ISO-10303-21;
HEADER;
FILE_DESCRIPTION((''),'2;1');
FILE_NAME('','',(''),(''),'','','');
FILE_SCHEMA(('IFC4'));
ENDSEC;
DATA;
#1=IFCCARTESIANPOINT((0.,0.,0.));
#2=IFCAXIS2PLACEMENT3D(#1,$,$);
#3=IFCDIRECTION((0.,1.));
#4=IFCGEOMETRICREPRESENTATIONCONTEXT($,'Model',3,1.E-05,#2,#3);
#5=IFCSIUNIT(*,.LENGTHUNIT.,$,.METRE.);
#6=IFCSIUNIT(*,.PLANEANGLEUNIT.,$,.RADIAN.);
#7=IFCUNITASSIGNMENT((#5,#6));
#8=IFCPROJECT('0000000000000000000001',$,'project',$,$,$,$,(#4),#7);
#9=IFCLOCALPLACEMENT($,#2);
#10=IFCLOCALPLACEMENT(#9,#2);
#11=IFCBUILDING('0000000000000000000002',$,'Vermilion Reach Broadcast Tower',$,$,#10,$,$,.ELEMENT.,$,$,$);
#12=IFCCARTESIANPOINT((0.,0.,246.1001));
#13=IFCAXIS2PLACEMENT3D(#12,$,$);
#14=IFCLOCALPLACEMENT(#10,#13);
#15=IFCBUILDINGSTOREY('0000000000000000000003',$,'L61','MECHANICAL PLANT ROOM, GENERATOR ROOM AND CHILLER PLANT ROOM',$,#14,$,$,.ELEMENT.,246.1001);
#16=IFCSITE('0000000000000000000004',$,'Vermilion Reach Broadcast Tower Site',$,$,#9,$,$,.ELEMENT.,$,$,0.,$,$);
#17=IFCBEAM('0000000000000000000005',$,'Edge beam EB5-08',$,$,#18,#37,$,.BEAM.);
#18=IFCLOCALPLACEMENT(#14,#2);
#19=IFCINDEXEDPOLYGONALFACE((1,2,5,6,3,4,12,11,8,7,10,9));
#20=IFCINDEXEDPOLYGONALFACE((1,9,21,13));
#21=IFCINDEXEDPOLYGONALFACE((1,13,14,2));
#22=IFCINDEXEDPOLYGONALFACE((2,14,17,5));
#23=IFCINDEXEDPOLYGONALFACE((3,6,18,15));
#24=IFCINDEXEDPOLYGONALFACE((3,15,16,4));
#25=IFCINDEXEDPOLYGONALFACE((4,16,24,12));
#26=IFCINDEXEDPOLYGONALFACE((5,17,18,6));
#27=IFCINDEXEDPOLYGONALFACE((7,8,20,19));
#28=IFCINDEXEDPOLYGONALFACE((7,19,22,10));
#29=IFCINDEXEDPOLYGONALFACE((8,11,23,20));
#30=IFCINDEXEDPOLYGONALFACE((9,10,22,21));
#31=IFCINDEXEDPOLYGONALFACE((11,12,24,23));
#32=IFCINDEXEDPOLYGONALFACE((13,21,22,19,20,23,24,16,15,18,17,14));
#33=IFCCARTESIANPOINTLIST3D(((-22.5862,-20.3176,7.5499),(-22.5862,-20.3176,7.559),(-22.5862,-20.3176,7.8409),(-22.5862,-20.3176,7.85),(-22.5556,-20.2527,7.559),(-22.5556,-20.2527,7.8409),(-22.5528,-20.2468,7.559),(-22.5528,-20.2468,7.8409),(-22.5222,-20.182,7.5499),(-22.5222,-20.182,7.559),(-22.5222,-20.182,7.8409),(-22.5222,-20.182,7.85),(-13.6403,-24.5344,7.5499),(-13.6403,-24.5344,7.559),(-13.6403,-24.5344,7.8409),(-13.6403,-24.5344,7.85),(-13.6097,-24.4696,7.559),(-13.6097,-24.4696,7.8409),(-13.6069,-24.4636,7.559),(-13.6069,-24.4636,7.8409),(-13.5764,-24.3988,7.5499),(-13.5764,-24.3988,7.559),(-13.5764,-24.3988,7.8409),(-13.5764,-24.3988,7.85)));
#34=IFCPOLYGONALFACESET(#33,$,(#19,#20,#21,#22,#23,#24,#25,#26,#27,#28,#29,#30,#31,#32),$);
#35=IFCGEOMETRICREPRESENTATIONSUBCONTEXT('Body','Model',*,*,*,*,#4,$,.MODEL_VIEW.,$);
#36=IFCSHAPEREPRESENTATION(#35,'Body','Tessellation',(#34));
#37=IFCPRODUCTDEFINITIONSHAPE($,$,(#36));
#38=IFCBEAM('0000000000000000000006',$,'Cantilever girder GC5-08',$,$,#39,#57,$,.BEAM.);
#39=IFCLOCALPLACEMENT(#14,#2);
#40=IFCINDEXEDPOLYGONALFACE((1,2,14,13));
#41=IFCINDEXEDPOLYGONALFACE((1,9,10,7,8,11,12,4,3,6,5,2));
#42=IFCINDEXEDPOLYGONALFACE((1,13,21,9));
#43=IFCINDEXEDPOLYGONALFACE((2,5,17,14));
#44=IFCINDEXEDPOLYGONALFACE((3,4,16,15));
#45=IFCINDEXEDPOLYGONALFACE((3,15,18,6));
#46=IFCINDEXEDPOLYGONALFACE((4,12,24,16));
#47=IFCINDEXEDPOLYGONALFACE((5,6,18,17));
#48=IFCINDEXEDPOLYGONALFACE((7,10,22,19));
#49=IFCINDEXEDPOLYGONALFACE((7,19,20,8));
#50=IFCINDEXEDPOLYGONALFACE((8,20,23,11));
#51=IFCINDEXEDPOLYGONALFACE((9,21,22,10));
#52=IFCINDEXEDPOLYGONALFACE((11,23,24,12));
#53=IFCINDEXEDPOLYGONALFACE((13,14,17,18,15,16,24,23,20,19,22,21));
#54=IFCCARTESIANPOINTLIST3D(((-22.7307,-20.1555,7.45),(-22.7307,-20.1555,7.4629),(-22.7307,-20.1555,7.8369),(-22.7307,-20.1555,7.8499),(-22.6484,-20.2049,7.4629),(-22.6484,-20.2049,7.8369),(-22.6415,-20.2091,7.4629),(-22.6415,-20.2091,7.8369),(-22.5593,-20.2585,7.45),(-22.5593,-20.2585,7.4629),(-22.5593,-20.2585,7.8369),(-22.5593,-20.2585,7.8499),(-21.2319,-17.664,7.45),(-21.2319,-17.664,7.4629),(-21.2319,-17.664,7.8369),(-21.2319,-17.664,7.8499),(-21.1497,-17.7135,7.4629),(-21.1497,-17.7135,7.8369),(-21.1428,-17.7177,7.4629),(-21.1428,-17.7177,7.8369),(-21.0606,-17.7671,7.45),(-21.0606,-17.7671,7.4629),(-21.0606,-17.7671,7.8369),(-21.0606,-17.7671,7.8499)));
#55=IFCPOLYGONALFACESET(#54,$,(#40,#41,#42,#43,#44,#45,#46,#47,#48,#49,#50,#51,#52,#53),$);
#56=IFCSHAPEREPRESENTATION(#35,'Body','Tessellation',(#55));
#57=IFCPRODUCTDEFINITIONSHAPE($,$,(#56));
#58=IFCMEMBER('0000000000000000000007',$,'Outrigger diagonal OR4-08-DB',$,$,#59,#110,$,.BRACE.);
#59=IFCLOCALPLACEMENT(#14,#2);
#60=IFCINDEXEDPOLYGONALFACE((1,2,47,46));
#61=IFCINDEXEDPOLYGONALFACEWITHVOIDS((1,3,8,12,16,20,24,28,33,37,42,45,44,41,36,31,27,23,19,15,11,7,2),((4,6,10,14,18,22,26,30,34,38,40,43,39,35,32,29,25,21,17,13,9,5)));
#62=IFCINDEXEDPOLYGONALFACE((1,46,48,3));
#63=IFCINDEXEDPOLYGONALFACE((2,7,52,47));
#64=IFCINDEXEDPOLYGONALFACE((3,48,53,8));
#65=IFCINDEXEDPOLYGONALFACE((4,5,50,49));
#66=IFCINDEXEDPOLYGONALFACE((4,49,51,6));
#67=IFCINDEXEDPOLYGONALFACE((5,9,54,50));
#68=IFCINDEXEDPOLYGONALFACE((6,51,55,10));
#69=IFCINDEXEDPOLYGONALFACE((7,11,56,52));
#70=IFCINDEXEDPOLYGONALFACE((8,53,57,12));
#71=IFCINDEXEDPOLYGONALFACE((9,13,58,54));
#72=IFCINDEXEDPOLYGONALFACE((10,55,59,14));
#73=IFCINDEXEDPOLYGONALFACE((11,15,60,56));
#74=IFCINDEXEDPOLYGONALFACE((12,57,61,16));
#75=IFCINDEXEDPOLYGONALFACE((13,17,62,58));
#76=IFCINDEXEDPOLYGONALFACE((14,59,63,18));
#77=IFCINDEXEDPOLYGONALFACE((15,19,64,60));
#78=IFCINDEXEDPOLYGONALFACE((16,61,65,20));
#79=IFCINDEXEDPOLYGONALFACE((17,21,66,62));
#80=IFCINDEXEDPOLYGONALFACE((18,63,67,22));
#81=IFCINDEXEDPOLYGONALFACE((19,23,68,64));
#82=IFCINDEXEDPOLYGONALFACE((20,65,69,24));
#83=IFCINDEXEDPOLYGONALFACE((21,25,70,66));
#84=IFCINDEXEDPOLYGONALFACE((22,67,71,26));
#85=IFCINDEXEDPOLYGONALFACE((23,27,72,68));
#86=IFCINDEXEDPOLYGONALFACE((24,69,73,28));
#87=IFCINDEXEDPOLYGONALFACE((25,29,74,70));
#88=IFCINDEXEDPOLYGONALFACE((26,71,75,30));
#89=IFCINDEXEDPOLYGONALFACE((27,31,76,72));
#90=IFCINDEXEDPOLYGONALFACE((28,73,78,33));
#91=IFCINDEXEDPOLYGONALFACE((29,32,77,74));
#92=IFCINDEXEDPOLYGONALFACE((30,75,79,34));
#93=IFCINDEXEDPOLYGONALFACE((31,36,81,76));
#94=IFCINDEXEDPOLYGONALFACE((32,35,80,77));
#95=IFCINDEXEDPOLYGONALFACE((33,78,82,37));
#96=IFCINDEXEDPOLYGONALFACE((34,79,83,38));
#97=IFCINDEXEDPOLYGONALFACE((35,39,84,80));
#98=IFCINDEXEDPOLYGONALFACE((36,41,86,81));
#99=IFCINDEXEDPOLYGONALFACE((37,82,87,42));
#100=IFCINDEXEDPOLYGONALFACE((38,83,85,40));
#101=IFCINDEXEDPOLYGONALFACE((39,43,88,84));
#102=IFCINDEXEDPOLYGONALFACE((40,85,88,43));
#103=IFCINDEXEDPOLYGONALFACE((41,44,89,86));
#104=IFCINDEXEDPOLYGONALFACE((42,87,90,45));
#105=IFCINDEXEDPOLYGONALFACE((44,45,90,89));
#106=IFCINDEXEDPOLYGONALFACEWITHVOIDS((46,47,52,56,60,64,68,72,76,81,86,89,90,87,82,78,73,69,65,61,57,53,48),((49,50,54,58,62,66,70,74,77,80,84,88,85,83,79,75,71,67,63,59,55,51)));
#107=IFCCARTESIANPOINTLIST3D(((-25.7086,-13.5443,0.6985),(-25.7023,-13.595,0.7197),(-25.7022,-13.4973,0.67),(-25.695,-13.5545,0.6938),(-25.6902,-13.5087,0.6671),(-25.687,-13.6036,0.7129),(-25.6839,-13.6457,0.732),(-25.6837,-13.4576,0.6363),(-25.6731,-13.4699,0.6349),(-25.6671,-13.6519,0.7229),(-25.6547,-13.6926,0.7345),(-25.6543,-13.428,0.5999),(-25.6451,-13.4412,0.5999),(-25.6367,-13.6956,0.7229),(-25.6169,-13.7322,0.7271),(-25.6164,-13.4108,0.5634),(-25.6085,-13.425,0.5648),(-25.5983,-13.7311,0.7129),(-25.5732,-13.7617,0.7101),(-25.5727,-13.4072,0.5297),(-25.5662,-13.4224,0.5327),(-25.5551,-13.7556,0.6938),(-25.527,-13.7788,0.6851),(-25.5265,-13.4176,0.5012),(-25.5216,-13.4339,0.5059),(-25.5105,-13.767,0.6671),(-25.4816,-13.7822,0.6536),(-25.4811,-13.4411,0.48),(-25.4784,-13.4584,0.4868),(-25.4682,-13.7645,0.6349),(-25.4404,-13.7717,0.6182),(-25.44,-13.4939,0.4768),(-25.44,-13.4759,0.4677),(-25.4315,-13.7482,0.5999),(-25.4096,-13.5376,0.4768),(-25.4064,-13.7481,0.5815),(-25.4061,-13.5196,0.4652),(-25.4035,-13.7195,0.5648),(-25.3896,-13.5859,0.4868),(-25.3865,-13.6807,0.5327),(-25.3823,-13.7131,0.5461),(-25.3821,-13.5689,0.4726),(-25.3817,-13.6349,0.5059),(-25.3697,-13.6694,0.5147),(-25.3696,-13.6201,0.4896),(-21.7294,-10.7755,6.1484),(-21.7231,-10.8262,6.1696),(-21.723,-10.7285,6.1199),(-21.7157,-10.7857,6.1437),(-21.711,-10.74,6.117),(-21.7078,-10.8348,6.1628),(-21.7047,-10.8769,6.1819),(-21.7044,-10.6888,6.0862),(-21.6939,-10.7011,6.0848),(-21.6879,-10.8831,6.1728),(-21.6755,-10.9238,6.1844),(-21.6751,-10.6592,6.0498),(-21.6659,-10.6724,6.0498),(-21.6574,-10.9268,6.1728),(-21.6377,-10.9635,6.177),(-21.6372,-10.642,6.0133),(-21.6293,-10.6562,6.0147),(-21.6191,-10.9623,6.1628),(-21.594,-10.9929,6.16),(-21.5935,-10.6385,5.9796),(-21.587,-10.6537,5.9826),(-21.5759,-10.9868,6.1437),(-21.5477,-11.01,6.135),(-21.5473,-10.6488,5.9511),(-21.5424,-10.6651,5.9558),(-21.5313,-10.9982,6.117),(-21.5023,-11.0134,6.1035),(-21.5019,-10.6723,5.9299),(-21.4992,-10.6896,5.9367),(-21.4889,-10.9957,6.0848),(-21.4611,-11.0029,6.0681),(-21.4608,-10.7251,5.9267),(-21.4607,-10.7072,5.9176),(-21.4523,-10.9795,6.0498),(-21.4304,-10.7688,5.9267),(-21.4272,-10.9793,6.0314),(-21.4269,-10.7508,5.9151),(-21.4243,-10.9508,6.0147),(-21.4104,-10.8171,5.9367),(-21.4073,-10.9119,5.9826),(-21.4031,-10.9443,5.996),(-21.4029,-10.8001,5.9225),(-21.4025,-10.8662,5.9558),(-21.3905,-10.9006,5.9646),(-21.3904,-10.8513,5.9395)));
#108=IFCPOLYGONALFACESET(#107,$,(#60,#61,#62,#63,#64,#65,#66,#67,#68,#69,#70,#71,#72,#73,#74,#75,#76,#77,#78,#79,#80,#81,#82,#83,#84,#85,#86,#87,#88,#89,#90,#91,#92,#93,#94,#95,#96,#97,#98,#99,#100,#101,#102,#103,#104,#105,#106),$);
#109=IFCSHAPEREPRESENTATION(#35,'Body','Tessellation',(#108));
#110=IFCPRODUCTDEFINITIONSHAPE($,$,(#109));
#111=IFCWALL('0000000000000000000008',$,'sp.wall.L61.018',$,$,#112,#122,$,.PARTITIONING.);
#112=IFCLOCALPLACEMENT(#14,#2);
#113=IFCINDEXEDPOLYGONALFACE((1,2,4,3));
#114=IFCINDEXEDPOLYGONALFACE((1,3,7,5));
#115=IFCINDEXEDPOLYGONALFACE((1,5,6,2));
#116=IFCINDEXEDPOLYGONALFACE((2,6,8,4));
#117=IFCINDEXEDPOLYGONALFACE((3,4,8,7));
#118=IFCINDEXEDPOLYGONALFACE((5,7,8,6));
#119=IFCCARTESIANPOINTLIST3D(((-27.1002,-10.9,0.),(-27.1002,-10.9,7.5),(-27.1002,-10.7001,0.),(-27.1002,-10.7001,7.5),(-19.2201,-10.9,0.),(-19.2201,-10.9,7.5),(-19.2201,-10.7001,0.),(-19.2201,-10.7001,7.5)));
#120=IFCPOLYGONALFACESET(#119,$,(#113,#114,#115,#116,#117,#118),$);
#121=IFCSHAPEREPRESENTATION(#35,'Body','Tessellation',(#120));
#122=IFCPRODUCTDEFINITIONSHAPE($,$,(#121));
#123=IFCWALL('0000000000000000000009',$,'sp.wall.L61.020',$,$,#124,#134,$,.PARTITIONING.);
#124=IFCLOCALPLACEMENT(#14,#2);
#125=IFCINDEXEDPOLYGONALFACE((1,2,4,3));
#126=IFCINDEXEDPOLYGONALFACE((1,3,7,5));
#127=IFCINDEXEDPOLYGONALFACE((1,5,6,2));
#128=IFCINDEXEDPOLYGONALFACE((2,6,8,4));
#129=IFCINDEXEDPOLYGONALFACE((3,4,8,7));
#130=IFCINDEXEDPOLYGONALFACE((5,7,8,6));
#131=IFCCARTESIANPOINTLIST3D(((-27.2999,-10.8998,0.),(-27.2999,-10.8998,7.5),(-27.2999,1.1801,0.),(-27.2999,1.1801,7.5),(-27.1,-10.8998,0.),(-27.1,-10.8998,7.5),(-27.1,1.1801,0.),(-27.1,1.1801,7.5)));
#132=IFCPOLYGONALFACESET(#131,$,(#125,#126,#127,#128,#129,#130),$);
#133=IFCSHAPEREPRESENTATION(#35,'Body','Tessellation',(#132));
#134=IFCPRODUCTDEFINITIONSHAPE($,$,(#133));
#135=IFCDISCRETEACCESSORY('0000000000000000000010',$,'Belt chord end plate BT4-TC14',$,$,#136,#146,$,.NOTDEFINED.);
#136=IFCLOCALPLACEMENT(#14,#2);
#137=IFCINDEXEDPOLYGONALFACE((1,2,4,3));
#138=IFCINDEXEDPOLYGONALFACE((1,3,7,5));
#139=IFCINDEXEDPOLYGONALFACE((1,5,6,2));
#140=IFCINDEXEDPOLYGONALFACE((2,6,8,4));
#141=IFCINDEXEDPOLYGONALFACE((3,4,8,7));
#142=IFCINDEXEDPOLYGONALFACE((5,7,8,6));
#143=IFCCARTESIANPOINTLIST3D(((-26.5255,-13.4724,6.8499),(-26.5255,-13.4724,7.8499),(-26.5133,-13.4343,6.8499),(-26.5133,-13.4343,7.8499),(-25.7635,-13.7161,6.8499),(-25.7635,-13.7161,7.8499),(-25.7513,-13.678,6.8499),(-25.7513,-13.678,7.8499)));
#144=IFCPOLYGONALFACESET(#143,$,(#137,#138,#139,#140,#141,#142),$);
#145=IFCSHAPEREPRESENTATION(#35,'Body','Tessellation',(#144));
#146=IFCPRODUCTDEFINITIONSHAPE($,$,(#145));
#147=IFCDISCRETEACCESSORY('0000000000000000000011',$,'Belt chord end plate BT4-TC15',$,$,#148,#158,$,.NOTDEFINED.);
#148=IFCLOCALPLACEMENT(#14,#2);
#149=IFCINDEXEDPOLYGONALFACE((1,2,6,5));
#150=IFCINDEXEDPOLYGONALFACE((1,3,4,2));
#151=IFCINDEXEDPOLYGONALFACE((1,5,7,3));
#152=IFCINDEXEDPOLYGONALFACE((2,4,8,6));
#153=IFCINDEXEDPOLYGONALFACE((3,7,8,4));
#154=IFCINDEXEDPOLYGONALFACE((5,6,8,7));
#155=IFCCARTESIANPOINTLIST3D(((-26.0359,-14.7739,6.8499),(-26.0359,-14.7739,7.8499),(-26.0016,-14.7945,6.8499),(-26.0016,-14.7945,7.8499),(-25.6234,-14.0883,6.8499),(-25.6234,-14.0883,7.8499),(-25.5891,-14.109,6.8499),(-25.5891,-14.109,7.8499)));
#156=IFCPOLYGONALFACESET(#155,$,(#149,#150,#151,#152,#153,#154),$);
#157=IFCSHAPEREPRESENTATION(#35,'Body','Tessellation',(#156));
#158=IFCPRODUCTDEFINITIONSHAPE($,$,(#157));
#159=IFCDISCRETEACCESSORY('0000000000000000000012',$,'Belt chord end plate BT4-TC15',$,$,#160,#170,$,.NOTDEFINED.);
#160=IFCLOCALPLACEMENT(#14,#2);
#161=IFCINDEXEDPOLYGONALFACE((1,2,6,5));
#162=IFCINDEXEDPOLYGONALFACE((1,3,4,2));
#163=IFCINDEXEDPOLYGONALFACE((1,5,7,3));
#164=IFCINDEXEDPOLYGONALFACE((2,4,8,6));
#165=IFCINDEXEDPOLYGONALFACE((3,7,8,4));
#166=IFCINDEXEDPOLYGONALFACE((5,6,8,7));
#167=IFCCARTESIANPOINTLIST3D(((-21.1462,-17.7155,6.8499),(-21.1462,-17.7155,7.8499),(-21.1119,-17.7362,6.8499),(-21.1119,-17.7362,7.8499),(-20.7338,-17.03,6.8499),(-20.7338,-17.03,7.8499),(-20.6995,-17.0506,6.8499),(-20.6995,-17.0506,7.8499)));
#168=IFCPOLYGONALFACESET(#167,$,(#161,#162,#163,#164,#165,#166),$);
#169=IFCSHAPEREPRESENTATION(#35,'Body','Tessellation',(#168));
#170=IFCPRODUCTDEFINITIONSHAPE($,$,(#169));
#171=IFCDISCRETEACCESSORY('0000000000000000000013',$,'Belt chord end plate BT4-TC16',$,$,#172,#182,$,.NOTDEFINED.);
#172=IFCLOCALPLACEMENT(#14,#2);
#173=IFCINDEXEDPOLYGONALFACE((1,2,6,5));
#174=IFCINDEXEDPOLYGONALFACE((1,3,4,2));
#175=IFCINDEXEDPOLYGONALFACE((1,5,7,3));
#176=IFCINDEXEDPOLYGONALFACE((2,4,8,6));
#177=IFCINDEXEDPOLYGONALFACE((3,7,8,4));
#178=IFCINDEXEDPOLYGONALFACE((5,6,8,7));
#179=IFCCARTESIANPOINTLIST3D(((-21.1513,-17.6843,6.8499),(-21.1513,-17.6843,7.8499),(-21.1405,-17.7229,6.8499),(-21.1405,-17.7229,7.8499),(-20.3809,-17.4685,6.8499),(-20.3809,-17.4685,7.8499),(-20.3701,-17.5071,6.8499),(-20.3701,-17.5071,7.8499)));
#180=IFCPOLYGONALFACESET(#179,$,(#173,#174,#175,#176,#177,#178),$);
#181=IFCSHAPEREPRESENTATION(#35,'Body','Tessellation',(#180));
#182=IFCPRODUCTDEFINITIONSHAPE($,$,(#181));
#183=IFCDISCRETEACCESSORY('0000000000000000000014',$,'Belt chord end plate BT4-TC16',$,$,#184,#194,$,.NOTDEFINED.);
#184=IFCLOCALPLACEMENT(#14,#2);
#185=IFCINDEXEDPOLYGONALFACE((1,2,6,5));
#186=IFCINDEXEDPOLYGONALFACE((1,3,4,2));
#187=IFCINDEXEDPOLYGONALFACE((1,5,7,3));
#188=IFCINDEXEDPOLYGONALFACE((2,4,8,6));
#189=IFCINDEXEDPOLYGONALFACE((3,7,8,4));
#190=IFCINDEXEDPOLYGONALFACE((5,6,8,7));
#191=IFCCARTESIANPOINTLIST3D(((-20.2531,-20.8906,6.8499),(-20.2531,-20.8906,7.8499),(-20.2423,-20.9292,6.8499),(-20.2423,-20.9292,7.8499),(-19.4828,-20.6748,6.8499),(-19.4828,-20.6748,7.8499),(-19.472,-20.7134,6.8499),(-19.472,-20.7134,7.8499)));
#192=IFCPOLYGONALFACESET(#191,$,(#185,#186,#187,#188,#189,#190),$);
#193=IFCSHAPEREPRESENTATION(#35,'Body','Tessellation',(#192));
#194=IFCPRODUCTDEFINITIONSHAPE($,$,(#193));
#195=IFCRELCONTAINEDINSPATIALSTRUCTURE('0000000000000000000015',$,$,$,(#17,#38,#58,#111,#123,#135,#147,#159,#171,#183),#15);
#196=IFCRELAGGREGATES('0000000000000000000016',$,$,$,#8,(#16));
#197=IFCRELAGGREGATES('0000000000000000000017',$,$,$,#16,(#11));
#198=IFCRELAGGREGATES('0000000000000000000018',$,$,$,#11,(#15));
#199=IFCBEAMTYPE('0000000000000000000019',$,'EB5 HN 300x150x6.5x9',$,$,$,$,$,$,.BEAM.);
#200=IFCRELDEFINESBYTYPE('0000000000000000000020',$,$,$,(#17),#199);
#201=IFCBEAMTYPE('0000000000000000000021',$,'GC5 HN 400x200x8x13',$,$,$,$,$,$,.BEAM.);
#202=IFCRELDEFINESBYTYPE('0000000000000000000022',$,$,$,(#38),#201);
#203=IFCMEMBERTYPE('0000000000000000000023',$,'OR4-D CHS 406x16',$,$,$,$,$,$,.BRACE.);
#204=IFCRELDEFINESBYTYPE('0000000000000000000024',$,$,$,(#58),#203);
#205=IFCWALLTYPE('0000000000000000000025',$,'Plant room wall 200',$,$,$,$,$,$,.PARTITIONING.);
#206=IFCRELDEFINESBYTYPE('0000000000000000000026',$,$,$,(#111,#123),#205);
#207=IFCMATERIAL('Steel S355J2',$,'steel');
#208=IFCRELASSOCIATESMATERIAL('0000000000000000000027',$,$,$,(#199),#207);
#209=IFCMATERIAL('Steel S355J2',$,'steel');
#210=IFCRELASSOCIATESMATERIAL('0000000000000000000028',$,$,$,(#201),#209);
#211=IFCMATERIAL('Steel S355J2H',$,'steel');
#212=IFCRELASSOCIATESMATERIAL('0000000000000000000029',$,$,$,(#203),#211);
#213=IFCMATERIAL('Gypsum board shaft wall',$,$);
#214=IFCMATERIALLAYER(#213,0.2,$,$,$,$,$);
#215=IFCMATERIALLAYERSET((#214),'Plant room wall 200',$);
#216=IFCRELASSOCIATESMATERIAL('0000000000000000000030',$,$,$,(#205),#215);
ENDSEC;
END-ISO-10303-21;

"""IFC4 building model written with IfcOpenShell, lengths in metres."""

from ifc_helpers import new_model, si_unit, direction, frame, frame_2d, origin, origin_2d, place, context, subcontext, project, spatial, rectangle, hollow_circle, i_section, extrude, material, layer, layer_set, material_profile, profile_set, type_object, element, save


model = new_model("IFC4")

# Units and contexts
model_context = context("Model", 3, precision=1e-05, world=origin(), true_north=direction((0.0, 1.0)))
body_context = subcontext(model_context, "Body", "Model", "MODEL_VIEW")
ifc_project = project(units=[si_unit("LENGTHUNIT", "METRE"), si_unit("PLANEANGLEUNIT", "RADIAN")], contexts=[model_context])

# Site, building, storey
site_placement = place(None, origin())
site = spatial("IfcSite", under=ifc_project, at=site_placement, Name="Vermilion Reach Broadcast Tower Site", CompositionType="ELEMENT", RefElevation=0.0)
building_placement = place(site_placement, origin())
building = spatial("IfcBuilding", under=site, at=building_placement, Name="Vermilion Reach Broadcast Tower", CompositionType="ELEMENT")
storey_placement = place(building_placement, frame((0.0, 0.0, 246.1001)))
storey = spatial("IfcBuildingStorey", under=building, at=storey_placement, Name="L61", Description="MECHANICAL PLANT ROOM, GENERATOR ROOM AND CHILLER PLANT ROOM", CompositionType="ELEMENT", Elevation=246.1001)

# Beams
ifc_material_1 = material(Name="Steel S355J2", Category="steel")
ifc_material_profile_1 = material_profile(ifc_material_1, i_section(OverallWidth=0.1499, OverallDepth=0.3, WebThickness=0.0066, FlangeThickness=0.009, at=origin_2d()), Name="S355J2 HN 300x150x6.5x9")
ifc_profile_set_1 = profile_set([ifc_material_profile_1], Name="Steel S355J2")
beam_type_1 = type_object("IfcBeamType", Name="EB5 HN 300x150x6.5x9", PredefinedType="BEAM", material=ifc_profile_set_1)
beam_1_placement = place(storey_placement, frame((-22.5542, -20.2498, 7.7), z_axis=(0.904546, -0.426377, 0.0), x_axis=(0.426377, 0.904546, 0.0)))
element("IfcBeam", 1, at=beam_1_placement, inside=storey, type_object=beam_type_1, Name="Edge beam EB5-08", PredefinedType="BEAM", context=body_context, shape_type="SweptSolid", body=[
    extrude(i_section(OverallWidth=0.1499, OverallDepth=0.3, WebThickness=0.0066, FlangeThickness=0.009, at=origin_2d()), origin(), (0.0, 0.0, 1.0), 9.8899),
])
ifc_material_2 = material(Name="Steel S355J2", Category="steel")
ifc_material_profile_2 = material_profile(ifc_material_2, i_section(OverallWidth=0.2, OverallDepth=0.3999, WebThickness=0.0081, FlangeThickness=0.0129, at=origin_2d()), Name="S355J2 HN 400x200x8x13")
ifc_profile_set_2 = profile_set([ifc_material_profile_2], Name="Steel S355J2")
beam_type_2 = type_object("IfcBeamType", Name="GC5 HN 400x200x8x13", PredefinedType="BEAM", material=ifc_profile_set_2)
beam_2_placement = place(storey_placement, frame((-21.1462, -17.7156, 7.6499), z_axis=(-0.515483, -0.8569, 0.0), x_axis=(0.8569, -0.515483, 0.0)))
element("IfcBeam", 2, at=beam_2_placement, inside=storey, type_object=beam_type_2, Name="Cantilever girder GC5-08", PredefinedType="BEAM", context=body_context, shape_type="SweptSolid", body=[
    extrude(i_section(OverallWidth=0.2, OverallDepth=0.3999, WebThickness=0.0081, FlangeThickness=0.0129, at=origin_2d()), origin(), (0.0, 0.0, 1.0), 2.9075),
])

# Member
ifc_material_3 = material(Name="Steel S355J2H", Category="steel")
ifc_material_profile_3 = material_profile(ifc_material_3, hollow_circle(Radius=0.2031, WallThickness=0.0161, at=origin_2d()), Name="S355J2H CHS 406x16")
ifc_profile_set_3 = profile_set([ifc_material_profile_3], Name="Steel S355J2H")
member_type_1 = type_object("IfcMemberType", Name="OR4-D CHS 406x16", PredefinedType="BRACE", material=ifc_profile_set_3)
member_1_placement = place(storey_placement, frame((-25.5383, -13.5947, 0.5999), z_axis=(0.54555, 0.379599, 0.747181), x_axis=(-0.571152, 0.820845, 0.0)))
element("IfcMember", 3, at=member_1_placement, inside=storey, type_object=member_type_1, Name="Outrigger diagonal OR4-08-DB", PredefinedType="BRACE", context=body_context, shape_type="SweptSolid", body=[
    extrude(hollow_circle(Radius=0.2031, WallThickness=0.0161, at=origin_2d()), origin(), (0.0, 0.0, 1.0), 7.2939),
])

# Walls
ifc_material_4 = material(Name="Gypsum board shaft wall")
ifc_layer = layer(ifc_material_4, 0.2)
ifc_layer_set = layer_set([ifc_layer], Name="Plant room wall 200")
wall_type = type_object("IfcWallType", Name="Plant room wall 200", PredefinedType="PARTITIONING", material=ifc_layer_set)
wall_1_placement = place(storey_placement, frame((-27.1001, -10.8, 0.0), z_axis=(0.0, 0.0, 1.0), x_axis=(1.0, 0.0, 0.0)))
element("IfcWall", 4, at=wall_1_placement, inside=storey, type_object=wall_type, Name="sp.wall.L61.018", PredefinedType="PARTITIONING", context=body_context, shape_type="SweptSolid", body=[
    extrude(rectangle(XDim=7.8801, YDim=0.2, at=frame_2d((3.9399, 0.0))), origin(), (0.0, 0.0, 1.0), 7.5),
])
wall_2_placement = place(storey_placement, frame((-27.2, -10.8999, 0.0), z_axis=(0.0, 0.0, 1.0), x_axis=(0.0, 1.0, 0.0)))
element("IfcWall", 5, at=wall_2_placement, inside=storey, type_object=wall_type, Name="sp.wall.L61.020", PredefinedType="PARTITIONING", context=body_context, shape_type="SweptSolid", body=[
    extrude(rectangle(XDim=12.0798, YDim=0.2, at=frame_2d((6.04, 0.0))), origin(), (0.0, 0.0, 1.0), 7.5),
])

# Discrete accessories
for number, where, z_axis, x_axis, name in (
    (6, (-26.1384, -13.5752, 6.8499), (0.0, 0.0, 1.0), (-0.304615, -0.952476, 0.0), "Belt chord end plate BT4-TC14"),
    (7, (-25.8125, -14.4414, 6.8499), (0.0, 0.0, 1.0), (-0.856881, 0.515514, 0.0), "Belt chord end plate BT4-TC15"),
    (8, (-20.9229, -17.3831, 6.8499), (0.0, 0.0, 1.0), (0.856881, -0.515514, 0.0), "Belt chord end plate BT4-TC15"),
    (9, (-20.7607, -17.5957, 6.8499), (0.0, 0.0, 1.0), (-0.26975, 0.96293, 0.0), "Belt chord end plate BT4-TC16"),
    (10, (-19.8625, -20.802, 6.8499), (0.0, 0.0, 1.0), (0.26975, -0.96293, 0.0), "Belt chord end plate BT4-TC16"),
):
    element("IfcDiscreteAccessory", number, at=place(storey_placement, frame(where, z_axis=z_axis, x_axis=x_axis)), inside=storey, Name=name, PredefinedType="NOTDEFINED", context=body_context, shape_type="SweptSolid", body=[
        extrude(rectangle(XDim=0.04, YDim=0.8, at=origin_2d()), origin(), (0.0, 0.0, 1.0), 1.0),
    ])

save(model, "model.ifc")
